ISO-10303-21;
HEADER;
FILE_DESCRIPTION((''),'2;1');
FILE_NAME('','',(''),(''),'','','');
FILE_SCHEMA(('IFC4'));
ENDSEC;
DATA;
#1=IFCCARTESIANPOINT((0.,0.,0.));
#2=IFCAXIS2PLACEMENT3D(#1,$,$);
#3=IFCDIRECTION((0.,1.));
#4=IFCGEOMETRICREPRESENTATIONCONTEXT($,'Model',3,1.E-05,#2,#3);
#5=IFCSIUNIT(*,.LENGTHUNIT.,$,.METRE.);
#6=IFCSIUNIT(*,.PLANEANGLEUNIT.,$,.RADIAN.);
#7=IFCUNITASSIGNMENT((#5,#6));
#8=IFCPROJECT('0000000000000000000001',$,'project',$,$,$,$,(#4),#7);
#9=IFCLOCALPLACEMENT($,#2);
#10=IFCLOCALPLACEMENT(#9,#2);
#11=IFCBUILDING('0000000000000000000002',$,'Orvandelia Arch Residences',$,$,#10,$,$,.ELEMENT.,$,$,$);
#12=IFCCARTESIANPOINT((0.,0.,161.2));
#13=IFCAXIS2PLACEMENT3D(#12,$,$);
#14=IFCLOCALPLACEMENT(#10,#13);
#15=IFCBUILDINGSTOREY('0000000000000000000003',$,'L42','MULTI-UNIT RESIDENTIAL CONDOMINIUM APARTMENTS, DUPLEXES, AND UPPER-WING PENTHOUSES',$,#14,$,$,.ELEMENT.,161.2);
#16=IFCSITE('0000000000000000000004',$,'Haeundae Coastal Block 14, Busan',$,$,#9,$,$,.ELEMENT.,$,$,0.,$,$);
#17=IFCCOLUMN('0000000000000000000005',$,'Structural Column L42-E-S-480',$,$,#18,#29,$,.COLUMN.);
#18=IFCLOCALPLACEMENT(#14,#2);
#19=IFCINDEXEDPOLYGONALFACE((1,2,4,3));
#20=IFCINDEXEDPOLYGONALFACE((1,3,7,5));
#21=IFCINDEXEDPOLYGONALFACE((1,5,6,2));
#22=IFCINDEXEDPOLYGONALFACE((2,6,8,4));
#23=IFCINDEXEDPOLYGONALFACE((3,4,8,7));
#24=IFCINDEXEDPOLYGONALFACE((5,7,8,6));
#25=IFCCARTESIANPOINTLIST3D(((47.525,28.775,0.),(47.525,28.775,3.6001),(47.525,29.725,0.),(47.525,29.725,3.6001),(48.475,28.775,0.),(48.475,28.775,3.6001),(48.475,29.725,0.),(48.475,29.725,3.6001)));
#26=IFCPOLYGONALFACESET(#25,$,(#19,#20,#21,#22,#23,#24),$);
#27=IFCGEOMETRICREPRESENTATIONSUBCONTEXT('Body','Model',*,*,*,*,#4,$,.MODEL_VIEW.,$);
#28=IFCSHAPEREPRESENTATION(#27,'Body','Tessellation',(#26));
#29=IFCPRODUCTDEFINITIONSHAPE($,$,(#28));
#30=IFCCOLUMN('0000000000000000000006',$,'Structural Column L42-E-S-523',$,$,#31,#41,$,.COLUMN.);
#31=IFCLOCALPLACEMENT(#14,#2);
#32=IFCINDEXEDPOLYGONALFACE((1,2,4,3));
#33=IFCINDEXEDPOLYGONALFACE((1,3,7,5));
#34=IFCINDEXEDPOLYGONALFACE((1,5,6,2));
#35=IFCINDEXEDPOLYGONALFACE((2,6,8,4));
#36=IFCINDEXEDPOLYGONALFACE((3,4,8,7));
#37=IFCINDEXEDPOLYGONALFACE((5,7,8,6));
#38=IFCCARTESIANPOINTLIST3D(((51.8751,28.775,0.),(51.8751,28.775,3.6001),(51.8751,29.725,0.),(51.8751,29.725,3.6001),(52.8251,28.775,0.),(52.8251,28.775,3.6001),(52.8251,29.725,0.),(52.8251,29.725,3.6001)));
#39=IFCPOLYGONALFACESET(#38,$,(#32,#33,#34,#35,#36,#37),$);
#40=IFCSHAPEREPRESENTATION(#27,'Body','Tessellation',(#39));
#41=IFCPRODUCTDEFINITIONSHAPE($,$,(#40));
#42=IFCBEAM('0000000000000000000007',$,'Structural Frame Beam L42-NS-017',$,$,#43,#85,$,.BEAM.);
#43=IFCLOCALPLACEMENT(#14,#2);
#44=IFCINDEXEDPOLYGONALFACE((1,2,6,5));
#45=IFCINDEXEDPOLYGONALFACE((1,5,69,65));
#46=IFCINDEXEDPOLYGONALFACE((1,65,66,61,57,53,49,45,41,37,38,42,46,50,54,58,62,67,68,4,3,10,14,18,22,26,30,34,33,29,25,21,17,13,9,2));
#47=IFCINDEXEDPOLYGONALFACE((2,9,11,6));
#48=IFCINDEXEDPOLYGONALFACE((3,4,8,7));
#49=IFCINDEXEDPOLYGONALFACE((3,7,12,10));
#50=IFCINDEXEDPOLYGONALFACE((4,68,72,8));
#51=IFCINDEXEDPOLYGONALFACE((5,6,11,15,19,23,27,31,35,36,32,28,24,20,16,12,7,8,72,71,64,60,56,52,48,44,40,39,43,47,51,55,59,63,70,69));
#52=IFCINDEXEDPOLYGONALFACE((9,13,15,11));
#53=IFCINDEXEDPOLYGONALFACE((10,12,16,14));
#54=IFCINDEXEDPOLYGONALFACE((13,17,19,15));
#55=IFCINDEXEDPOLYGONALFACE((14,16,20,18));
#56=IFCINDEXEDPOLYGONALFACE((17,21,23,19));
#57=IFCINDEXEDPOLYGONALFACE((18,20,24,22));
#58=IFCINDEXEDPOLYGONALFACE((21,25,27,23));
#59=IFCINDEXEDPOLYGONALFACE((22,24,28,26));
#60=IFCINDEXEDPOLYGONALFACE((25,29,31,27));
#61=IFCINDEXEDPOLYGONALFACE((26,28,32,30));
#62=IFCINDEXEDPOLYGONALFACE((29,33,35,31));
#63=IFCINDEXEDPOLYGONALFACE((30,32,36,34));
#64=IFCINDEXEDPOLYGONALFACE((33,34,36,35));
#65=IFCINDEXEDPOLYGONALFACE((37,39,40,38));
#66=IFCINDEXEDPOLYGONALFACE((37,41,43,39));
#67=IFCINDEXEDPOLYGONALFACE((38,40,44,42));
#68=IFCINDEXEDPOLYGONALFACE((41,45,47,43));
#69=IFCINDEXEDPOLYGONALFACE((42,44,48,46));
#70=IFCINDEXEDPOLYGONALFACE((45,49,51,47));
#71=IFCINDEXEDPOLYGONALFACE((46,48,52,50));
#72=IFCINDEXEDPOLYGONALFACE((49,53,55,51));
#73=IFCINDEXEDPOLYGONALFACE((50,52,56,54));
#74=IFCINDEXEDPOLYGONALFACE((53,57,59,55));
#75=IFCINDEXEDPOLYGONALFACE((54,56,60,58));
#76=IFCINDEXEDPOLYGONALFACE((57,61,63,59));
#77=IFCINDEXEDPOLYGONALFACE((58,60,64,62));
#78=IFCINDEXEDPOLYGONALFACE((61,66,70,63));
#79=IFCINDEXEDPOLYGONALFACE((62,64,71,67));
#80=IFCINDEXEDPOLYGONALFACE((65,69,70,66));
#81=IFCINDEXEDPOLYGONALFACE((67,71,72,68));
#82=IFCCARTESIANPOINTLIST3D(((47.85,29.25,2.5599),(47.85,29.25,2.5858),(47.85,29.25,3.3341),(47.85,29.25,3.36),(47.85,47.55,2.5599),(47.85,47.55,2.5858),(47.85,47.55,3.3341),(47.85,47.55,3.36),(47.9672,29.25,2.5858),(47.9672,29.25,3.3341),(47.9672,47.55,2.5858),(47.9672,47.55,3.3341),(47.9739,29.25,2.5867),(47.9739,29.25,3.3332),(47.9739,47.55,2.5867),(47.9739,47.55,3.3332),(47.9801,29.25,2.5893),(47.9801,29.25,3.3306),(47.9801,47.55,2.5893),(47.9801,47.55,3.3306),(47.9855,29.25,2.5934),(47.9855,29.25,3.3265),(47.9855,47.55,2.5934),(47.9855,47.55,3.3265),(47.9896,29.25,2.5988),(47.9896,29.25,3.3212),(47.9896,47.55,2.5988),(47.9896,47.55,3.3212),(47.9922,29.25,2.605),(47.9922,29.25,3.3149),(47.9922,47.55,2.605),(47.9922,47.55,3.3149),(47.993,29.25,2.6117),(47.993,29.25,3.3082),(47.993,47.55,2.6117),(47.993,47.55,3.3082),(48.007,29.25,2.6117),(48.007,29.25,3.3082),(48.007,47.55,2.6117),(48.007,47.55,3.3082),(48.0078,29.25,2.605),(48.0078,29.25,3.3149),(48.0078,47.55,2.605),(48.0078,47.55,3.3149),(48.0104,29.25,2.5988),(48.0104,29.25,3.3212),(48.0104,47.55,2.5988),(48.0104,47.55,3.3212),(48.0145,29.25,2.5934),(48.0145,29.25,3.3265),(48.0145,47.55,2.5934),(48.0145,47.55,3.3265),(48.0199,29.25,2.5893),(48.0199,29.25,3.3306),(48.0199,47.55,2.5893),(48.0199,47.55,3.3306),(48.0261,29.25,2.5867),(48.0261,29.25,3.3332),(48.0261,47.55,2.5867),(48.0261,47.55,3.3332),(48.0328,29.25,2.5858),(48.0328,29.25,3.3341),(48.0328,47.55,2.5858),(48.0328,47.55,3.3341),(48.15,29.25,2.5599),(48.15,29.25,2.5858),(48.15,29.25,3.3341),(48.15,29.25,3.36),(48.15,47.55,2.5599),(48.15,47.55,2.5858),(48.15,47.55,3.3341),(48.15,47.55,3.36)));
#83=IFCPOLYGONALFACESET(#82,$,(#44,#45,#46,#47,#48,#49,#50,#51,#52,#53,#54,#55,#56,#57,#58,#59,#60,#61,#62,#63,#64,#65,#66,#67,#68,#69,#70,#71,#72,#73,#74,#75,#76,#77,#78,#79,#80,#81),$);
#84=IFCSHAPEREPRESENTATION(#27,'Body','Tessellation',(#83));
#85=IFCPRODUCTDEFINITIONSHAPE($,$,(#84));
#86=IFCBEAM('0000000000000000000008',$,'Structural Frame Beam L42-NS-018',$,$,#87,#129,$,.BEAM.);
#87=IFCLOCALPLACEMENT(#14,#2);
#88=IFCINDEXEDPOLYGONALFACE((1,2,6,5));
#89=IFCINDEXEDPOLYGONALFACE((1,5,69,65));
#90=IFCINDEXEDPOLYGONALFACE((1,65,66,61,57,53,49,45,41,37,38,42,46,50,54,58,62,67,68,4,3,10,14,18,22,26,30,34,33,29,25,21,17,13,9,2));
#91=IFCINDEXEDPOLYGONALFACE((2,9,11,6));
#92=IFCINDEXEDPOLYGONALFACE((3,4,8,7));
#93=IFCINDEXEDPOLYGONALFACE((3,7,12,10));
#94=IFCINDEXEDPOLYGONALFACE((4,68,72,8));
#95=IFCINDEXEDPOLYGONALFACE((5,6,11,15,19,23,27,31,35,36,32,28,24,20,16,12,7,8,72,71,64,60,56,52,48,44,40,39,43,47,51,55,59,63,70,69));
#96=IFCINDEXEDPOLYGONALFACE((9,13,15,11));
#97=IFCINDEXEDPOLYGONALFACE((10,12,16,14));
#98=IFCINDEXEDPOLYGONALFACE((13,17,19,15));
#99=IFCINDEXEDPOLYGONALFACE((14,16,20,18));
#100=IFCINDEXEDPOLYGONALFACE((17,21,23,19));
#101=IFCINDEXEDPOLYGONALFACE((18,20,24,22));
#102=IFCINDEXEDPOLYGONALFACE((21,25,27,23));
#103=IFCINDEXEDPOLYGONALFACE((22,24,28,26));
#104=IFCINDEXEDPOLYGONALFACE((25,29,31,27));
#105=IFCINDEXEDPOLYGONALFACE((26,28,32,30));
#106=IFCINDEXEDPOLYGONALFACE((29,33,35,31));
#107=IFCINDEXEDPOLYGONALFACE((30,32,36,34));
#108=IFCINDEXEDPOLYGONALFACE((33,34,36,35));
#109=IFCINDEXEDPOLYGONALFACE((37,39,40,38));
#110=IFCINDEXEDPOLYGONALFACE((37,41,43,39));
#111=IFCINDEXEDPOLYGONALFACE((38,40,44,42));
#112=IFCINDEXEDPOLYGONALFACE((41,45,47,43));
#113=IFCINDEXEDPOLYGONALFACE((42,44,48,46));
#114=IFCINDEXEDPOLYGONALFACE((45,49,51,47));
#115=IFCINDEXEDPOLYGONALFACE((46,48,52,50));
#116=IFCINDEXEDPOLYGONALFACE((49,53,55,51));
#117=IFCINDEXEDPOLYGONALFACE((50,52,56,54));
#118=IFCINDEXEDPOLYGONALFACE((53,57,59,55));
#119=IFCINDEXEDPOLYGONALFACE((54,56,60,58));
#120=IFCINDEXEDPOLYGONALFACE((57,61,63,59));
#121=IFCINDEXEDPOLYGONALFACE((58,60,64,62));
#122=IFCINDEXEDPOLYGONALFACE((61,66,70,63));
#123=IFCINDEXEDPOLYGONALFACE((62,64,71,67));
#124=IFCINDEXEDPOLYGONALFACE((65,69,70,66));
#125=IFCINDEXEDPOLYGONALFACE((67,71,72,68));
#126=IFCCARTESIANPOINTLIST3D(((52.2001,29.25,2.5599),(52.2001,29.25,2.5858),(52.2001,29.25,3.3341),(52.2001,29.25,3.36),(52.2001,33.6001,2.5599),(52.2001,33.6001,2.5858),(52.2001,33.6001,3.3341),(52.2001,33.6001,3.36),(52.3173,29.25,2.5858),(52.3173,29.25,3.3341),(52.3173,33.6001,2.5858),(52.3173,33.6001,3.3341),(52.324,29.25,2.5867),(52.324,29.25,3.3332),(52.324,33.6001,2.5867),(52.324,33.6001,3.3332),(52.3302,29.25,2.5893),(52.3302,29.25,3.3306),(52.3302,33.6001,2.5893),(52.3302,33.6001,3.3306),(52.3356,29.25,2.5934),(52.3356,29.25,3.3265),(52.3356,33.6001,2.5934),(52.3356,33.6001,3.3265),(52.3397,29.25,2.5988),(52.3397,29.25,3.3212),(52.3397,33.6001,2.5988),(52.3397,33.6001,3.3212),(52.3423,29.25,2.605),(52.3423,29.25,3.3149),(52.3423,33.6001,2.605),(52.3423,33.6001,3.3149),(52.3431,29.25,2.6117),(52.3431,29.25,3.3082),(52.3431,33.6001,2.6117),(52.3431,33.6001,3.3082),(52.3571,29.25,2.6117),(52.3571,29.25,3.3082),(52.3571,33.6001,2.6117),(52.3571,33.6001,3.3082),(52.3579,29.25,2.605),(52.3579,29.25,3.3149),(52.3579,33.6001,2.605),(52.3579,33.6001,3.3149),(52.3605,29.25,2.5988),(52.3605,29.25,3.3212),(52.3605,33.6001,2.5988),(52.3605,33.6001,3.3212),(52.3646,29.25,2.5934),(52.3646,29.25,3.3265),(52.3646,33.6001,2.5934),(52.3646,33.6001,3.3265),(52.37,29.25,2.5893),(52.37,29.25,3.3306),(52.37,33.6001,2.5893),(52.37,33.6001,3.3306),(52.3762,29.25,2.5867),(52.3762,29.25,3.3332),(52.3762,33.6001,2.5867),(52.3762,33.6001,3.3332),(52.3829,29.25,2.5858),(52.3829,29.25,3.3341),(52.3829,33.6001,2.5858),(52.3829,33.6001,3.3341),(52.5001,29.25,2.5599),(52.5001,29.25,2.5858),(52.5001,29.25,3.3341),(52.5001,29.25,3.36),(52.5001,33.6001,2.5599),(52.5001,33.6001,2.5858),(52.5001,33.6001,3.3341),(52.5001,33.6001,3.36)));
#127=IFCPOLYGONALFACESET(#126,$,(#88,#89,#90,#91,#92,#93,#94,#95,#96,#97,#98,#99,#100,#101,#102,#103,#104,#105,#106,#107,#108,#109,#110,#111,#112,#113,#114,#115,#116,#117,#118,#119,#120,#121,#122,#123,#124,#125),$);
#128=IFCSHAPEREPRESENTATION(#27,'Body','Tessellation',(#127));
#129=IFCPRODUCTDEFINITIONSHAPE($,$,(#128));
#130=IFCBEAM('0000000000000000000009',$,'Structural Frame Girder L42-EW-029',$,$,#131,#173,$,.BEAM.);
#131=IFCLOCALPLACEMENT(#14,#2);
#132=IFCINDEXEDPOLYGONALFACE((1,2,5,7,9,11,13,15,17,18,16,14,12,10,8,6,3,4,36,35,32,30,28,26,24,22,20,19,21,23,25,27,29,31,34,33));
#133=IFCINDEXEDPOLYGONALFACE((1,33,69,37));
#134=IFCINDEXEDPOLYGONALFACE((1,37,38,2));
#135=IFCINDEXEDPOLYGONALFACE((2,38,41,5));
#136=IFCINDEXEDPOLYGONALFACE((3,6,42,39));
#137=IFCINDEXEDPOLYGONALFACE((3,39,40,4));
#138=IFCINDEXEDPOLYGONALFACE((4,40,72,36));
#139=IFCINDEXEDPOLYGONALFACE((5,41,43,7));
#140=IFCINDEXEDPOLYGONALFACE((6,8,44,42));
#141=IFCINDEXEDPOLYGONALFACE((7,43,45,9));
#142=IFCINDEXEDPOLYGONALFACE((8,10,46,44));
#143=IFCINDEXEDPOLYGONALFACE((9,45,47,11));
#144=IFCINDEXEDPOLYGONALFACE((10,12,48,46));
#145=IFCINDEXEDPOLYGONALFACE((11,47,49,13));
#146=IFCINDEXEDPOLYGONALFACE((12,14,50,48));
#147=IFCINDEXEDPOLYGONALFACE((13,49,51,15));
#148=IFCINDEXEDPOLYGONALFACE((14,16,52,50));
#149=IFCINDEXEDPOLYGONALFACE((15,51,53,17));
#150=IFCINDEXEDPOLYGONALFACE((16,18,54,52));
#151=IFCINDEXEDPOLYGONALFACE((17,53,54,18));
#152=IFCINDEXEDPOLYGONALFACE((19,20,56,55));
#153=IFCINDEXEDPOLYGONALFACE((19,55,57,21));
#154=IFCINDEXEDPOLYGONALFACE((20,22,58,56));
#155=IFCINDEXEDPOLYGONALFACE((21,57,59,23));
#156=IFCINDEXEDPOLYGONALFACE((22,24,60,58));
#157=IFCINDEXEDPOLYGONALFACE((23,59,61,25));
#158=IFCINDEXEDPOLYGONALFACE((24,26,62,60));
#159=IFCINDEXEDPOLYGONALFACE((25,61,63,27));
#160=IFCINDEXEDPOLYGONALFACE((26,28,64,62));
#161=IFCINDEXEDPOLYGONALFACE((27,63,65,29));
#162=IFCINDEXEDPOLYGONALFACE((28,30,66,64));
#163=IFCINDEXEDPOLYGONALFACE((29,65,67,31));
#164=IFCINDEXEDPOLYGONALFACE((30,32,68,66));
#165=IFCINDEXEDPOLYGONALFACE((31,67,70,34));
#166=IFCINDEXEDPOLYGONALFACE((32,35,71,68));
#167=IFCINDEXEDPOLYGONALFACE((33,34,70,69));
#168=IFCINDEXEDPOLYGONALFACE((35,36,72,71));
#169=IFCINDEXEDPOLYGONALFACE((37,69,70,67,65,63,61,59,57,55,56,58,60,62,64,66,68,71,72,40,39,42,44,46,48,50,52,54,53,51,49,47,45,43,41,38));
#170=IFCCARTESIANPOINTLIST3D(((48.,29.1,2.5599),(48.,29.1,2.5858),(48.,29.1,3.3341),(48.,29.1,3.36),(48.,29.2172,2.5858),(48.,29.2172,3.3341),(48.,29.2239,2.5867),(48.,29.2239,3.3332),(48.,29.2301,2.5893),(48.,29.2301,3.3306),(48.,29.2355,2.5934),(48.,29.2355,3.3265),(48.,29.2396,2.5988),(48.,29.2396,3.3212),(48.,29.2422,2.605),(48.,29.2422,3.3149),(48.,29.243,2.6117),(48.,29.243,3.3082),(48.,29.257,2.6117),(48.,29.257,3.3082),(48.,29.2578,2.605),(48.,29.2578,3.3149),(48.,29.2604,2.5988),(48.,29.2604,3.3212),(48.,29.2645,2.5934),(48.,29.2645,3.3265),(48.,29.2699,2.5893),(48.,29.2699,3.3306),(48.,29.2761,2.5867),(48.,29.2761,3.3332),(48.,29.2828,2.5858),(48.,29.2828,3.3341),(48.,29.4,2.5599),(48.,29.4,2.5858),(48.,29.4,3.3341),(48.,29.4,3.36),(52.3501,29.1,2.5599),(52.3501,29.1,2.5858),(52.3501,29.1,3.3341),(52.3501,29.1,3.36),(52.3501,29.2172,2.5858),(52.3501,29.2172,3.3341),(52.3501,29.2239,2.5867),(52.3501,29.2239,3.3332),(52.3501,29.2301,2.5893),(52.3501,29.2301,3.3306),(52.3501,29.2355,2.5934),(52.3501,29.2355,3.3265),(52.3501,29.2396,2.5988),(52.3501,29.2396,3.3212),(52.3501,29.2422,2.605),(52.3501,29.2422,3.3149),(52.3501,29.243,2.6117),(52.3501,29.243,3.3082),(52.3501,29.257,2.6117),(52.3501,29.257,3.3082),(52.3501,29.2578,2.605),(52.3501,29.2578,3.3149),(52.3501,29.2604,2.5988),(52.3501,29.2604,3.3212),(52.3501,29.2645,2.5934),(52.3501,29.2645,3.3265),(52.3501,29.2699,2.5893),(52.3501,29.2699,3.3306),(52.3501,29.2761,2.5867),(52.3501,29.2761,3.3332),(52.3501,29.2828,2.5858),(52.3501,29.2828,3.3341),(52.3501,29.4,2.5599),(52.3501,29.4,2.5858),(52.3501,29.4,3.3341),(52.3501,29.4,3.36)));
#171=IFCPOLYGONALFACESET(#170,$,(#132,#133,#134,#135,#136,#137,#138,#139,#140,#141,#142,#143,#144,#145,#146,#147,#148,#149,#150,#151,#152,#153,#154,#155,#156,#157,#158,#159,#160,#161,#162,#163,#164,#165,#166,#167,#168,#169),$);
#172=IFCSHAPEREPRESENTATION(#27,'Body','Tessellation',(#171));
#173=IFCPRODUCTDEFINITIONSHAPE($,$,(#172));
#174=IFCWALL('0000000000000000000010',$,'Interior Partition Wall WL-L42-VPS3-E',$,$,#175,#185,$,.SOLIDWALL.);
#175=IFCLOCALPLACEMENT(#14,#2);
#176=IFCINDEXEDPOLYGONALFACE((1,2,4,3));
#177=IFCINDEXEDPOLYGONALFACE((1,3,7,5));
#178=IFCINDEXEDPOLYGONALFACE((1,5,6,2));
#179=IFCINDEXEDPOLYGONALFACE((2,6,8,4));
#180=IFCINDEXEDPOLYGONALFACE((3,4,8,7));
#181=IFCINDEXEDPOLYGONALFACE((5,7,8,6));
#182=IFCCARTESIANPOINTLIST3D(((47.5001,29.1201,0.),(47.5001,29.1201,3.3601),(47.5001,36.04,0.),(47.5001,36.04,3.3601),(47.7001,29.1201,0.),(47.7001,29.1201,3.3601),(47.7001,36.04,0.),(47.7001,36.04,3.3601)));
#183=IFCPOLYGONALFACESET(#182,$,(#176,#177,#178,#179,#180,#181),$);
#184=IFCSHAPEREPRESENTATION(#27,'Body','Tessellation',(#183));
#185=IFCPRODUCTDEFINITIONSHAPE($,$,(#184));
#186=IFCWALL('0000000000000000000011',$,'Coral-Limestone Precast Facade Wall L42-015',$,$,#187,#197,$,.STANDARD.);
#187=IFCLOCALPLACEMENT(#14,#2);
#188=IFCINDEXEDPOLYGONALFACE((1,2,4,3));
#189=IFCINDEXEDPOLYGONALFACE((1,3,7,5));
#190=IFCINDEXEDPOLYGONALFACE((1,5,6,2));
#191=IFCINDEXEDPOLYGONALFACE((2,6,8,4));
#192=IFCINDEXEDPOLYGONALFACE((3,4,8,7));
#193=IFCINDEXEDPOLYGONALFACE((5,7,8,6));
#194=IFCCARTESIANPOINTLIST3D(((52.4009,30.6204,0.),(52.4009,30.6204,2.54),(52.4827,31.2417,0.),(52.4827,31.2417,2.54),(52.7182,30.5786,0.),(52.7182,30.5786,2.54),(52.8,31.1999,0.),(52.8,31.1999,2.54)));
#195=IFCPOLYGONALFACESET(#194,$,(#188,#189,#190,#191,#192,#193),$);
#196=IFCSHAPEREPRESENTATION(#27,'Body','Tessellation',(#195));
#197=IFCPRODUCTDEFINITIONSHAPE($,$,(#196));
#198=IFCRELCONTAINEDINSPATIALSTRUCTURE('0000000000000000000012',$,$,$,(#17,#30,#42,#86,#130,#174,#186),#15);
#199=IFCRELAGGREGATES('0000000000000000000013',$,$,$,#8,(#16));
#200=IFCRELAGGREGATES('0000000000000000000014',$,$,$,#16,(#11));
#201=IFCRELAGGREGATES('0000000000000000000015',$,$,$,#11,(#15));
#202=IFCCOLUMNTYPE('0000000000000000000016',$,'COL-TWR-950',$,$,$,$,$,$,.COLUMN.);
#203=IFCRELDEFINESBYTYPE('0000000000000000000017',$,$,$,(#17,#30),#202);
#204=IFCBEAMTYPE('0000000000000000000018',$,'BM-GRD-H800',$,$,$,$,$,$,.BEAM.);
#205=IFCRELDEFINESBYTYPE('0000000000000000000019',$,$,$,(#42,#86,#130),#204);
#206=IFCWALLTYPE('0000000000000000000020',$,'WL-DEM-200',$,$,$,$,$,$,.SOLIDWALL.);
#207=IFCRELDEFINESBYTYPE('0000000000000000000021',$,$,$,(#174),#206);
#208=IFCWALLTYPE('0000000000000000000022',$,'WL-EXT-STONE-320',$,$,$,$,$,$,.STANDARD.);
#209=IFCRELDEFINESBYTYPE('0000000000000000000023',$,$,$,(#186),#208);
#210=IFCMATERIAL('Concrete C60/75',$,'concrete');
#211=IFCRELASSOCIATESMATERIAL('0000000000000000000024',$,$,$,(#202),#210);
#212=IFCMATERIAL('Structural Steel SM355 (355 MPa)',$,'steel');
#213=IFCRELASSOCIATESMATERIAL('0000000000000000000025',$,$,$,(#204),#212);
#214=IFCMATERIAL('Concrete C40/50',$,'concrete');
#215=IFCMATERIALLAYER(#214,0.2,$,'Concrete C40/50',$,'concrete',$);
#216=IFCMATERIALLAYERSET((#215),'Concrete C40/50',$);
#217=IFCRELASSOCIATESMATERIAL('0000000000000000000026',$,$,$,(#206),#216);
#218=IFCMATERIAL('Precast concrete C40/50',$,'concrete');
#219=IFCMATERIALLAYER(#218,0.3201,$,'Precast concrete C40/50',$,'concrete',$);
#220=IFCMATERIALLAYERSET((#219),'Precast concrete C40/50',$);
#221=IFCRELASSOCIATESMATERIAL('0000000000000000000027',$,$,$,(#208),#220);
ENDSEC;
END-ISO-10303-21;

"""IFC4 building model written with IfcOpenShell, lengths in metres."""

from ifc_helpers import new_model, si_unit, direction, frame, frame_2d, origin, origin_2d, place, context, subcontext, project, spatial, rectangle, i_section, extrude, material, layer, layer_set, material_profile, profile_set, type_object, element, save


model = new_model("IFC4")

# Units and contexts
model_context = context("Model", 3, precision=1e-05, world=origin(), true_north=direction((0.0, 1.0)))
body_context = subcontext(model_context, "Body", "Model", "MODEL_VIEW")
ifc_project = project(units=[si_unit("LENGTHUNIT", "METRE"), si_unit("PLANEANGLEUNIT", "RADIAN")], contexts=[model_context])

# Site, building, storey
site_placement = place(None, origin())
site = spatial("IfcSite", under=ifc_project, at=site_placement, Name="Haeundae Coastal Block 14, Busan", CompositionType="ELEMENT", RefElevation=0.0)
building_placement = place(site_placement, origin())
building = spatial("IfcBuilding", under=site, at=building_placement, Name="Orvandelia Arch Residences", CompositionType="ELEMENT")
storey_placement = place(building_placement, frame((0.0, 0.0, 161.2)))
storey = spatial("IfcBuildingStorey", under=building, at=storey_placement, Name="L42", Description="MULTI-UNIT RESIDENTIAL CONDOMINIUM APARTMENTS, DUPLEXES, AND UPPER-WING PENTHOUSES", CompositionType="ELEMENT", Elevation=161.2)

# Columns
ifc_material_1 = material(Name="Concrete C60/75", Category="concrete")
ifc_material_profile_1 = material_profile(ifc_material_1, rectangle(XDim=0.95, YDim=0.95, at=origin_2d()), Name="Concrete C60/75", Category="concrete")
ifc_profile_set_1 = profile_set([ifc_material_profile_1], Name="Concrete C60/75")
column_type = type_object("IfcColumnType", Name="COL-TWR-950", PredefinedType="COLUMN", material=ifc_profile_set_1)
for number, where, z_axis, x_axis, name in (
    (1, (48.0, 29.25, 0.0), (0.0, 0.0, 1.0), (1.0, 0.0, 0.0), "Structural Column L42-E-S-480"),
    (2, (52.3501, 29.25, 0.0), (0.0, 0.0, 1.0), (1.0, 0.0, 0.0), "Structural Column L42-E-S-523"),
):
    element("IfcColumn", number, at=place(storey_placement, frame(where, z_axis=z_axis, x_axis=x_axis)), inside=storey, type_object=column_type, Name=name, PredefinedType="COLUMN", context=body_context, shape_type="SweptSolid", body=[
        extrude(rectangle(XDim=0.95, YDim=0.95, at=origin_2d()), origin(), (0.0, 0.0, 1.0), 3.6001),
    ])

# Beams
ifc_material_2 = material(Name="Structural Steel SM355 (355 MPa)", Category="steel")
ifc_material_profile_2 = material_profile(ifc_material_2, i_section(OverallWidth=0.3, OverallDepth=0.8, WebThickness=0.0139, FlangeThickness=0.0259, FilletRadius=0.0259, at=origin_2d()), Name="Structural Steel SM355 (355 MPa)", Category="steel")
ifc_profile_set_2 = profile_set([ifc_material_profile_2], Name="Structural Steel SM355 (355 MPa)")
beam_type = type_object("IfcBeamType", Name="BM-GRD-H800", PredefinedType="BEAM", material=ifc_profile_set_2)
beam_placement = place(storey_placement, frame((48.0, 29.25, 2.96), z_axis=(0.0, 1.0, 0.0), x_axis=(-1.0, 0.0, 0.0)))
element("IfcBeam", 3, at=beam_placement, inside=storey, type_object=beam_type, Name="Structural Frame Beam L42-NS-017", PredefinedType="BEAM", context=body_context, shape_type="SweptSolid", body=[
    extrude(i_section(OverallWidth=0.3, OverallDepth=0.8, WebThickness=0.0139, FlangeThickness=0.0259, FilletRadius=0.0259, at=origin_2d()), origin(), (0.0, 0.0, 1.0), 18.3),
])
for number, where, z_axis, x_axis, name in (
    (4, (52.3501, 29.25, 2.96), (0.0, 1.0, 0.0), (-1.0, 0.0, 0.0), "Structural Frame Beam L42-NS-018"),
    (5, (48.0, 29.25, 2.96), (1.0, 0.0, 0.0), (0.0, 1.0, 0.0), "Structural Frame Girder L42-EW-029"),
):
    element("IfcBeam", number, at=place(storey_placement, frame(where, z_axis=z_axis, x_axis=x_axis)), inside=storey, type_object=beam_type, Name=name, PredefinedType="BEAM", context=body_context, shape_type="SweptSolid", body=[
        extrude(i_section(OverallWidth=0.3, OverallDepth=0.8, WebThickness=0.0139, FlangeThickness=0.0259, FilletRadius=0.0259, at=origin_2d()), origin(), (0.0, 0.0, 1.0), 4.3501),
    ])

# Walls
ifc_material_3 = material(Name="Concrete C40/50", Category="concrete")
ifc_layer_1 = layer(ifc_material_3, 0.2, Name="Concrete C40/50", Category="concrete")
ifc_layer_set_1 = layer_set([ifc_layer_1], Name="Concrete C40/50")
wall_type_1 = type_object("IfcWallType", Name="WL-DEM-200", PredefinedType="SOLIDWALL", material=ifc_layer_set_1)
wall_1_placement = place(storey_placement, frame((47.6001, 29.1201, 0.0), z_axis=(0.0, 0.0, 1.0), x_axis=(0.0, 1.0, 0.0)))
element("IfcWall", 6, at=wall_1_placement, inside=storey, type_object=wall_type_1, Name="Interior Partition Wall WL-L42-VPS3-E", PredefinedType="SOLIDWALL", context=body_context, shape_type="SweptSolid", body=[
    extrude(rectangle(XDim=6.9199, YDim=0.2, at=frame_2d((3.46, 0.0))), origin(), (0.0, 0.0, 1.0), 3.3601),
])
ifc_material_4 = material(Name="Precast concrete C40/50", Category="concrete")
ifc_layer_2 = layer(ifc_material_4, 0.3201, Name="Precast concrete C40/50", Category="concrete")
ifc_layer_set_2 = layer_set([ifc_layer_2], Name="Precast concrete C40/50")
wall_type_2 = type_object("IfcWallType", Name="WL-EXT-STONE-320", PredefinedType="STANDARD", material=ifc_layer_set_2)
wall_2_placement = place(storey_placement, frame((52.6414, 31.2209, 0.0), z_axis=(0.0, 0.0, 1.0), x_axis=(-0.130505, -0.991448, 0.0)))
element("IfcWall", 7, at=wall_2_placement, inside=storey, type_object=wall_type_2, Name="Coral-Limestone Precast Facade Wall L42-015", PredefinedType="STANDARD", context=body_context, shape_type="SweptSolid", body=[
    extrude(rectangle(XDim=0.6267, YDim=0.3201, at=frame_2d((0.3135, 0.0))), origin(), (0.0, 0.0, 1.0), 2.54),
])

save(model, "model.ifc")
